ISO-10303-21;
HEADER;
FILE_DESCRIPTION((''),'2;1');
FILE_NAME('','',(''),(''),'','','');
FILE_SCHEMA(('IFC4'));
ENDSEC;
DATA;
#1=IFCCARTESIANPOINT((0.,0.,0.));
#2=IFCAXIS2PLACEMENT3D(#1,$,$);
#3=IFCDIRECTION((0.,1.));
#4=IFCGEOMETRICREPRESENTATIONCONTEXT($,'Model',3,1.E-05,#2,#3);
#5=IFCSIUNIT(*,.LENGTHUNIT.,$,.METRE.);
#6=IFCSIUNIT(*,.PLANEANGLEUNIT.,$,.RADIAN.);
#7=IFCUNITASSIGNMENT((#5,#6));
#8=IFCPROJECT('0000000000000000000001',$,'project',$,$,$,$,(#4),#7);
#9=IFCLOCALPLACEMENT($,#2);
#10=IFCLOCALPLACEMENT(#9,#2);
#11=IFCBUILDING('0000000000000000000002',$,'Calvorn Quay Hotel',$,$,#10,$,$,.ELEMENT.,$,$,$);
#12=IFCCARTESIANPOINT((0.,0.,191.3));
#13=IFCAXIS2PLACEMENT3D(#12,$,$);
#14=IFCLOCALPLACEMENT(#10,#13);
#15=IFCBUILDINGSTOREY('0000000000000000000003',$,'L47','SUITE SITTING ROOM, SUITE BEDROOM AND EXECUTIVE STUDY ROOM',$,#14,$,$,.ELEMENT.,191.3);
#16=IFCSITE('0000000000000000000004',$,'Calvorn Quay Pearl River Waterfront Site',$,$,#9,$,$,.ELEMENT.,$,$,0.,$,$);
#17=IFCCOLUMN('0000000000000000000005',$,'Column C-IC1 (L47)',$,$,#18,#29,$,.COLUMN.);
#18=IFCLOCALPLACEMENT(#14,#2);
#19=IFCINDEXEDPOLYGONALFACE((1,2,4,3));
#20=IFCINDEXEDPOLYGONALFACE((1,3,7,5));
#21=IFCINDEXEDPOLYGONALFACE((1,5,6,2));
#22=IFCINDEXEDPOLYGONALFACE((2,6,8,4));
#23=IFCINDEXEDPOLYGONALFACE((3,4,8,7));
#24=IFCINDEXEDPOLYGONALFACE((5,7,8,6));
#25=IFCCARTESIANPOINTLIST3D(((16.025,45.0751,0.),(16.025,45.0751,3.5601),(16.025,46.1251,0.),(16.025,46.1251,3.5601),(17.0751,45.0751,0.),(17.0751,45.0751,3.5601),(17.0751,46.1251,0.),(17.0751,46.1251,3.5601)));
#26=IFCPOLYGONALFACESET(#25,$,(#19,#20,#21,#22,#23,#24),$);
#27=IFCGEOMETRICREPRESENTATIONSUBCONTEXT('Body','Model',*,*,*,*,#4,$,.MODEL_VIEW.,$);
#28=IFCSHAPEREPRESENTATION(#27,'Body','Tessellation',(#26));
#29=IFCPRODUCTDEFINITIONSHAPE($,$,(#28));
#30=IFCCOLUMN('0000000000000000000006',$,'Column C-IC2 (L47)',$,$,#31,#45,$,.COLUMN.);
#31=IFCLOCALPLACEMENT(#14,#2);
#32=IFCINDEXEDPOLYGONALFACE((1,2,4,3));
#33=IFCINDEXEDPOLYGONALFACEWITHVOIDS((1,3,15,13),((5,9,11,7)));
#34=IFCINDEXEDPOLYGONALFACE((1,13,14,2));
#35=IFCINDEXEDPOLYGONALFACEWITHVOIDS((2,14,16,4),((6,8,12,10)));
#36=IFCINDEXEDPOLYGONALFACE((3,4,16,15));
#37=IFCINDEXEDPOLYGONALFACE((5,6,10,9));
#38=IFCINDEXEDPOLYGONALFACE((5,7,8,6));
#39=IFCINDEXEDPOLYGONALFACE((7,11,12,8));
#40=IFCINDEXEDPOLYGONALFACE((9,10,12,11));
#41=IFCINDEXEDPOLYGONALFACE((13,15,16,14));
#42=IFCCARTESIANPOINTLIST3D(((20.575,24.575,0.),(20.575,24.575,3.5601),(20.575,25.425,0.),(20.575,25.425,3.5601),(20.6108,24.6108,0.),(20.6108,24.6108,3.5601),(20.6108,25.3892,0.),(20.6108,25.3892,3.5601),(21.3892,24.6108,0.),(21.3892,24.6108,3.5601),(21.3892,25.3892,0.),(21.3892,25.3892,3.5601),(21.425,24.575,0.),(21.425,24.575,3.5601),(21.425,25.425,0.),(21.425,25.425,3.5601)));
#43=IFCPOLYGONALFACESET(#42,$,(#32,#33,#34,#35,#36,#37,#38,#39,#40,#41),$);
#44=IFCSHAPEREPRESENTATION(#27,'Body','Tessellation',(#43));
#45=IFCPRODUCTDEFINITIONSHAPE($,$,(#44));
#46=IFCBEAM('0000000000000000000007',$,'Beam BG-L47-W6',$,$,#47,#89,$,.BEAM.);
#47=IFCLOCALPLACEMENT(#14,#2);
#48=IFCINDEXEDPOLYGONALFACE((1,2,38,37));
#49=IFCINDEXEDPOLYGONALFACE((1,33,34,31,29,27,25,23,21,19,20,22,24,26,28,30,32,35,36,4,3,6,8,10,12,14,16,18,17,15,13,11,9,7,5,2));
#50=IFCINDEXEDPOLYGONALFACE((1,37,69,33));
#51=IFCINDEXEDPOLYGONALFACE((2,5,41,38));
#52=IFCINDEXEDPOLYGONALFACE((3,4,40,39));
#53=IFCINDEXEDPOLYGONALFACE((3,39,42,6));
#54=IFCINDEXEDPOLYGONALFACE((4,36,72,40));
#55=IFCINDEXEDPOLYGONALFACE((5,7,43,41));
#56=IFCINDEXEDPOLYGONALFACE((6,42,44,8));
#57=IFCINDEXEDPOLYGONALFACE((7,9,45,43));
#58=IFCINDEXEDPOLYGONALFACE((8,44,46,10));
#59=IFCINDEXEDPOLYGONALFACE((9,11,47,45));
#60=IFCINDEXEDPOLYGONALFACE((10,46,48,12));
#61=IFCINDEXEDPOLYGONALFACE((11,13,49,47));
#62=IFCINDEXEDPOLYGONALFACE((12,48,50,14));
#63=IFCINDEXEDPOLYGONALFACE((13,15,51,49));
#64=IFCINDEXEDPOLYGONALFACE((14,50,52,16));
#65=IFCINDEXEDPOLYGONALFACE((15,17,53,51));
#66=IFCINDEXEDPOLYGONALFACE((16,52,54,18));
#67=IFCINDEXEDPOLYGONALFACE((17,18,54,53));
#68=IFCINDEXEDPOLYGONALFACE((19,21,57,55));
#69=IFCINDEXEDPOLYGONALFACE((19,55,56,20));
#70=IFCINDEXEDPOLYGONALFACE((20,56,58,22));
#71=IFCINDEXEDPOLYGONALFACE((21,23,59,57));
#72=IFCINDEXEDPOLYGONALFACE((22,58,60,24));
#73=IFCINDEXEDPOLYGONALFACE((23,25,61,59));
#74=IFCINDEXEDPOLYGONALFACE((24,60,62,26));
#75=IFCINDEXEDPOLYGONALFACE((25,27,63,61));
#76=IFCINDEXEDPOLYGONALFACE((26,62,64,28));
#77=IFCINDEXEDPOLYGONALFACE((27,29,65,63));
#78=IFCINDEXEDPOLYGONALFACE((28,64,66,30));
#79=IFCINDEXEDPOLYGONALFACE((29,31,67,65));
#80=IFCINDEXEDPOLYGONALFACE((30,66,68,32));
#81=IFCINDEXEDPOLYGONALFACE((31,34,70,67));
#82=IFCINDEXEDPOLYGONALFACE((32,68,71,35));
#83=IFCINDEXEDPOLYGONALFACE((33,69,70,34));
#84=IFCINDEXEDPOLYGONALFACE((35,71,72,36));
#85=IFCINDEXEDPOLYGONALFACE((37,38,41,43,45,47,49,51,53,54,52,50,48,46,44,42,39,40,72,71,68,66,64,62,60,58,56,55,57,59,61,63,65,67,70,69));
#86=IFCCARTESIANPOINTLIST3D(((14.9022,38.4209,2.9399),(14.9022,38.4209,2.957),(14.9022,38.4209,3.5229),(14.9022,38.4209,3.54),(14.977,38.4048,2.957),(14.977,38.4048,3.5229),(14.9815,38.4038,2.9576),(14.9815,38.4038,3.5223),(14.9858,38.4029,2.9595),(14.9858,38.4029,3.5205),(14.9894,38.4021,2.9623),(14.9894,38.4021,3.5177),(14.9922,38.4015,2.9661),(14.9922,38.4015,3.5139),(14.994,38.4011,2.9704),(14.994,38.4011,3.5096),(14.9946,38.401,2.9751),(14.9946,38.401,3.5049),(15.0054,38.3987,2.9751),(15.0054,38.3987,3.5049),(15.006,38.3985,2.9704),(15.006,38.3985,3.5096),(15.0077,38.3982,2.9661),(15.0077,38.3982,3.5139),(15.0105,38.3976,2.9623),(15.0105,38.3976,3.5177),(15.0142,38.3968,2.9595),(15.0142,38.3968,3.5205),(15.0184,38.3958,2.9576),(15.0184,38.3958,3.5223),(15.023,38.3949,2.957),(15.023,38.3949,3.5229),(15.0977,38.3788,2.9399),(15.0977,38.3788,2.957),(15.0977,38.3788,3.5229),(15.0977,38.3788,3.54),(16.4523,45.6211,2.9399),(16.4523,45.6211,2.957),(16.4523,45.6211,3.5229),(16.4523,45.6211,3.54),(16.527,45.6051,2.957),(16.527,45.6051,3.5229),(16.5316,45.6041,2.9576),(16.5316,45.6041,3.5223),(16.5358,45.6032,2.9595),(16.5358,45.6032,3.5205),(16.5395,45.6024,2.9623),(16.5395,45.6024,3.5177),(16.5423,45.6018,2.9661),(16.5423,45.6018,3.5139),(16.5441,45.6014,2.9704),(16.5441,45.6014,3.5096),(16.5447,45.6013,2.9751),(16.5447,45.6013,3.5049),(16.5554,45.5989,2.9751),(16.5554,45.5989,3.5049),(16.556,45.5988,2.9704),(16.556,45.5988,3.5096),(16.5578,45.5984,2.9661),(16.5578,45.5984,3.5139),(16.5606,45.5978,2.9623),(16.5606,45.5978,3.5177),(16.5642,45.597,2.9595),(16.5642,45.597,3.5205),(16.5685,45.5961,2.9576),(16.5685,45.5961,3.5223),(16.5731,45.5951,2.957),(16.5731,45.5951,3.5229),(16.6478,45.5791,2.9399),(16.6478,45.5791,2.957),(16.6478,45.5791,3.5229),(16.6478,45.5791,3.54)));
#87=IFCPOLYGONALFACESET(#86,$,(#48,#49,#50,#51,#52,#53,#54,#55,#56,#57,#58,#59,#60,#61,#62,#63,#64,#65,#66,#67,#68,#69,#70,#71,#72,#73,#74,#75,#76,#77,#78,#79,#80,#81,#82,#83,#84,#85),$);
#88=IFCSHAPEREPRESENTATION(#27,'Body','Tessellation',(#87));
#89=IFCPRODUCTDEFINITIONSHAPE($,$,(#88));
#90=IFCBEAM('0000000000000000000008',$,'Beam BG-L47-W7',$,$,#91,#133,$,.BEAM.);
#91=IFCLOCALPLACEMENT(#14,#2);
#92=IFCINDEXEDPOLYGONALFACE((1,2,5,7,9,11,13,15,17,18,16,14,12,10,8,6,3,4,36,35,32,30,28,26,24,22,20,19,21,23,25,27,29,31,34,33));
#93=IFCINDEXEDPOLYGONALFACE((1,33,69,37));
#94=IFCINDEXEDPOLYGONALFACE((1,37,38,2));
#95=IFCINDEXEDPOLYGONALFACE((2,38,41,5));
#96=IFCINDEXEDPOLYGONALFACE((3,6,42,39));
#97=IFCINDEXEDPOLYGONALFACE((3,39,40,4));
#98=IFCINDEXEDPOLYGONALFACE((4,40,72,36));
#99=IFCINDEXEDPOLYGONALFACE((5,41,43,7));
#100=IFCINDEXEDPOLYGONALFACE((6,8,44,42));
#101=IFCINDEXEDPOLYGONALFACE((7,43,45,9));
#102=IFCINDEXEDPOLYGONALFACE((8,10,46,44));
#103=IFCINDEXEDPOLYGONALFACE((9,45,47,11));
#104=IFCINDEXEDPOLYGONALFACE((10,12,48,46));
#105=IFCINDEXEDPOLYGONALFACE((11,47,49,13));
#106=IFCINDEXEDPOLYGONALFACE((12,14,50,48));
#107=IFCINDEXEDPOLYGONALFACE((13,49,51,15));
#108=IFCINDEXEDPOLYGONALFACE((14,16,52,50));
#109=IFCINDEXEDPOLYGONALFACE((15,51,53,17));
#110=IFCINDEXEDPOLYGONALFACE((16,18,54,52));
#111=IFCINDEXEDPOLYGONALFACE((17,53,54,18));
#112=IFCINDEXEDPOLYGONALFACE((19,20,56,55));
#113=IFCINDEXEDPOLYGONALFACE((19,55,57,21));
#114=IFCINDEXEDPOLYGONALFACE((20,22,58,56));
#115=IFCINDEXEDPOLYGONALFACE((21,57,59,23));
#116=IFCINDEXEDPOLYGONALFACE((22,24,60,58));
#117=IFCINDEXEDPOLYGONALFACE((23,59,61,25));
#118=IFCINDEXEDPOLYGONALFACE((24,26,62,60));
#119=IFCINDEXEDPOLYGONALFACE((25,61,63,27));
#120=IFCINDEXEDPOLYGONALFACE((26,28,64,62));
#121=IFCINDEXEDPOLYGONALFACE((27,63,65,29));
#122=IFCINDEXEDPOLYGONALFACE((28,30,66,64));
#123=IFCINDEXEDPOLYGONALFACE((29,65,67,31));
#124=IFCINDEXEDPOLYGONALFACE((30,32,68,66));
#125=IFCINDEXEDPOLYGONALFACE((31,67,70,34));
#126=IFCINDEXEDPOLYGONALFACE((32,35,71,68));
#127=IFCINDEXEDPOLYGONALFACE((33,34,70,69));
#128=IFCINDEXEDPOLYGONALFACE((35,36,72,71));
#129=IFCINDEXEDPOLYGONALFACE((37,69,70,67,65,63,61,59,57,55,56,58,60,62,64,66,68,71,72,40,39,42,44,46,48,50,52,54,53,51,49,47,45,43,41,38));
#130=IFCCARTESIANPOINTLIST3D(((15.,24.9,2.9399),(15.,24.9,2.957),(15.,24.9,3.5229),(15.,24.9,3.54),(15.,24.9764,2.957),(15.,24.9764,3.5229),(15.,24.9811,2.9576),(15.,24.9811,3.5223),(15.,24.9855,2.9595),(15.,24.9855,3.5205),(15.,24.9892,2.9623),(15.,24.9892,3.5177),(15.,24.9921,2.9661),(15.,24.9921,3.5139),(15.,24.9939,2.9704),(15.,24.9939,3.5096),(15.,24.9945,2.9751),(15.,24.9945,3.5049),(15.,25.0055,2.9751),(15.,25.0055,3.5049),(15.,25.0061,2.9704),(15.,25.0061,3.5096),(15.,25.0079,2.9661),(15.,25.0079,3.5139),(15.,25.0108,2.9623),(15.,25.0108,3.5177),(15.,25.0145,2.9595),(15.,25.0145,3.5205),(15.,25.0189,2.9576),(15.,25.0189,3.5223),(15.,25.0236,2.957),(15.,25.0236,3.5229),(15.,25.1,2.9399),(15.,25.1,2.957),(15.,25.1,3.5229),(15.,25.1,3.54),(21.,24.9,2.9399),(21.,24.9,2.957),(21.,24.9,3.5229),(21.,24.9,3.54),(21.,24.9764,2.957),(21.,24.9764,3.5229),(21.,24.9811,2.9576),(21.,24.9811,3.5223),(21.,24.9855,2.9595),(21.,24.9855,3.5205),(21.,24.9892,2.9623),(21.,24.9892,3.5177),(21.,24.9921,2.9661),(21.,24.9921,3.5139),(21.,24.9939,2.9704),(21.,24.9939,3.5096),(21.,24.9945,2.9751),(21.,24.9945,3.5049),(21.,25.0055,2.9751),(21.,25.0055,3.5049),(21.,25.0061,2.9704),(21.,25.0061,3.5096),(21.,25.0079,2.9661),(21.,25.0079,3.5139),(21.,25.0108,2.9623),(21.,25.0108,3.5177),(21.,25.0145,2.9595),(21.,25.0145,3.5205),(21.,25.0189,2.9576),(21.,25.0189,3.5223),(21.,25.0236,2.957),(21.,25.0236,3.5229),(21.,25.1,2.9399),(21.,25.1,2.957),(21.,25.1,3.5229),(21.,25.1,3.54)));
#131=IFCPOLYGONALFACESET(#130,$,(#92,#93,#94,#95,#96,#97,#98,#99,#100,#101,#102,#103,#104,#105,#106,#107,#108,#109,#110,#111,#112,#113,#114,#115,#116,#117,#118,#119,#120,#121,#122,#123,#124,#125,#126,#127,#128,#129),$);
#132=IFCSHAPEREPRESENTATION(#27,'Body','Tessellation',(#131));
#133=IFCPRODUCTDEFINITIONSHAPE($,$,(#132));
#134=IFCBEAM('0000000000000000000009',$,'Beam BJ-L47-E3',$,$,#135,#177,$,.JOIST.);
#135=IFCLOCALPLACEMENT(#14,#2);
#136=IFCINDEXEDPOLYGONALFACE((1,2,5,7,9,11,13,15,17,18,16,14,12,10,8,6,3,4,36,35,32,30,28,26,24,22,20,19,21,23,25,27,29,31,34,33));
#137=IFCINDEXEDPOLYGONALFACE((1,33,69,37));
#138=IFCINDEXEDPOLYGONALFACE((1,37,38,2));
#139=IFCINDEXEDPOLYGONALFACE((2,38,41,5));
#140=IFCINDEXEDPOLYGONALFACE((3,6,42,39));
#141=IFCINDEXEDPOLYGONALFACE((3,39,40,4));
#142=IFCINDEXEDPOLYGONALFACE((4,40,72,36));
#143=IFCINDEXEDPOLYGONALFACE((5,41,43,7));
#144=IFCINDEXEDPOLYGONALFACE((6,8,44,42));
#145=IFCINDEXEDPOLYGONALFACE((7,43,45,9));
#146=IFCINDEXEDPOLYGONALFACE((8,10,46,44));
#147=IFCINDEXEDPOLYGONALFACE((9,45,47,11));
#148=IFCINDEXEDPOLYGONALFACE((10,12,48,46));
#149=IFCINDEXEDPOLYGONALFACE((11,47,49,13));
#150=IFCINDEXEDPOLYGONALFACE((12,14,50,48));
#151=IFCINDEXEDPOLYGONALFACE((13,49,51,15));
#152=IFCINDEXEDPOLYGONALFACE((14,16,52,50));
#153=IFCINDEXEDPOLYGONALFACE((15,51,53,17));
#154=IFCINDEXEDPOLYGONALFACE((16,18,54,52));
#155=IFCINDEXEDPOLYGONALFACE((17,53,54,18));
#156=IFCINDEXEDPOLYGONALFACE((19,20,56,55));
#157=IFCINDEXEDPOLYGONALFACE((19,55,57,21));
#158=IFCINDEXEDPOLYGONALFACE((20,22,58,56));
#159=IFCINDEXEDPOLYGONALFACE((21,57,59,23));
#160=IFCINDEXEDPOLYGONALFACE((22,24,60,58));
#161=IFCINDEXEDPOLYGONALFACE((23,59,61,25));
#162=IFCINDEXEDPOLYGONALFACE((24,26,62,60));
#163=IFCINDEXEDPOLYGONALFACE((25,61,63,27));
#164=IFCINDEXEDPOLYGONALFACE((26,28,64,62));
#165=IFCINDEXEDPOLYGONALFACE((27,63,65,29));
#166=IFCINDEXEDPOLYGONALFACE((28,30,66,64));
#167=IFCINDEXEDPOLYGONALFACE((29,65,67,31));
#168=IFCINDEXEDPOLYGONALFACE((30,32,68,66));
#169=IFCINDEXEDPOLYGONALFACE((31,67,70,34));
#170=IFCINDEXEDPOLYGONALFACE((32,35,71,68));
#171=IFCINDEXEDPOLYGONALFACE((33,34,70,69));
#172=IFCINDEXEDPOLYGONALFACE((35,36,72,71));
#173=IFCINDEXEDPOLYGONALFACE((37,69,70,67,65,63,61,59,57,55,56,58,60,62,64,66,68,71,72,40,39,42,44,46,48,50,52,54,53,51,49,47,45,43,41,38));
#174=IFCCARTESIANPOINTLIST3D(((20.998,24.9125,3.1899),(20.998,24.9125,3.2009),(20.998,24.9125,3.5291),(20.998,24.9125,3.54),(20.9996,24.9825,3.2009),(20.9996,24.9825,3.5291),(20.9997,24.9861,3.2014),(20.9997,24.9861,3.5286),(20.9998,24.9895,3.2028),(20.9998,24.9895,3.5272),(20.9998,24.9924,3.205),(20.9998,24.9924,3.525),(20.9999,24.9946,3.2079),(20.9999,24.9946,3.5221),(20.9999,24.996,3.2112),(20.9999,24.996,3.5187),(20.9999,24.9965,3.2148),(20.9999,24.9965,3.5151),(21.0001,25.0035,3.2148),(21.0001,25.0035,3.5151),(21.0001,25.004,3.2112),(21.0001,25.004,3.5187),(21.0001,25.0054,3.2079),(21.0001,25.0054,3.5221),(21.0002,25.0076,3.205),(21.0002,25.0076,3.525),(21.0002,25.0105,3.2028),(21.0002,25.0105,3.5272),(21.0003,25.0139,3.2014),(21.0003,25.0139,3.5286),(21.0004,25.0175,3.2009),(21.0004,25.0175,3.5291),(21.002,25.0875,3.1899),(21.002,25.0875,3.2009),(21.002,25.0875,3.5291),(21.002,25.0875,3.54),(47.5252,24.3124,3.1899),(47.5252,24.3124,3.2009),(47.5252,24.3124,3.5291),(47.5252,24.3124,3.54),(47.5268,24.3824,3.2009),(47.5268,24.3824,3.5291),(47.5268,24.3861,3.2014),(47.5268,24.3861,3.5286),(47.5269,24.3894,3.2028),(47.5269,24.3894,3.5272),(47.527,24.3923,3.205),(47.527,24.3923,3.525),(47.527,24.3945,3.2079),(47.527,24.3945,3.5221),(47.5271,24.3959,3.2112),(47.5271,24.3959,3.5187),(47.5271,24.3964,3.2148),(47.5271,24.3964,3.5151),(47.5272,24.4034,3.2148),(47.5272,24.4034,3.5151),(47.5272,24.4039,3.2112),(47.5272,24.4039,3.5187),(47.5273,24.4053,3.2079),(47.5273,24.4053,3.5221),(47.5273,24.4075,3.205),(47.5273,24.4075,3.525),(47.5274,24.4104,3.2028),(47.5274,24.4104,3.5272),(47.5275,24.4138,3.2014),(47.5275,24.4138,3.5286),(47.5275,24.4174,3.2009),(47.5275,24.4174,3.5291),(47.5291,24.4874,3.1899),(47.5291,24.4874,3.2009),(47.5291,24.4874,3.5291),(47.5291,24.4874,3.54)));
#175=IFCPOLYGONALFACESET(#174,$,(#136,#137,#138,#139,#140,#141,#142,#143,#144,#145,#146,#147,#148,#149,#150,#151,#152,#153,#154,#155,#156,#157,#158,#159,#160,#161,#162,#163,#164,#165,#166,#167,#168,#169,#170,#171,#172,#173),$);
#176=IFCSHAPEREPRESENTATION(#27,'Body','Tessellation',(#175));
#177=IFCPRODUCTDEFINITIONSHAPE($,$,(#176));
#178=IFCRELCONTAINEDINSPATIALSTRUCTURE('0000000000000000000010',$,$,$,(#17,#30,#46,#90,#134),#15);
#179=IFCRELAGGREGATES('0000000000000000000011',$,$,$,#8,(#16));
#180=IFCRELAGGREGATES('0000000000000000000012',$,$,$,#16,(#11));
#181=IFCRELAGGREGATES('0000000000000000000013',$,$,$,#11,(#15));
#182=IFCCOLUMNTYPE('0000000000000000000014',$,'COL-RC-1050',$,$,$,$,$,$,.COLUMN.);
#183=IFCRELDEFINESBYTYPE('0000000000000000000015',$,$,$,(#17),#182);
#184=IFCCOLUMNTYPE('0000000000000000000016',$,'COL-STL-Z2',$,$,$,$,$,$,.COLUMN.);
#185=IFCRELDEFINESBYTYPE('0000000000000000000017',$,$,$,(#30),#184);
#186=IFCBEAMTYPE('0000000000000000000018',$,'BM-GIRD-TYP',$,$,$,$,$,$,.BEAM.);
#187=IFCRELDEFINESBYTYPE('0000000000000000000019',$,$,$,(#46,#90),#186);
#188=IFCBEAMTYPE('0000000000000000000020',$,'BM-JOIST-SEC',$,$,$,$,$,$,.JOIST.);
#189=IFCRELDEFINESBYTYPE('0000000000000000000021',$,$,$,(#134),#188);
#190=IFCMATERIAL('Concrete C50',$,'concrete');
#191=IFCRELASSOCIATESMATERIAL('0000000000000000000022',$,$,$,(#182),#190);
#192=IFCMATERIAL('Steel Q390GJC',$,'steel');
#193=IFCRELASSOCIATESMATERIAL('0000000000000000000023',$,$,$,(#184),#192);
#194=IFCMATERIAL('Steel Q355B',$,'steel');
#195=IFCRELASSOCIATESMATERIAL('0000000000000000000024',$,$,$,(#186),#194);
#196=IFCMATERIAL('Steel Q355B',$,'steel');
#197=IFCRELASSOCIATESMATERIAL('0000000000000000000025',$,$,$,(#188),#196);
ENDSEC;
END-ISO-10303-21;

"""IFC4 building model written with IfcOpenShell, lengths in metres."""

from ifc_helpers import new_model, si_unit, direction, frame, origin, origin_2d, place, context, subcontext, project, spatial, rectangle, hollow_rectangle, i_section, extrude, material, material_profile, profile_set, type_object, element, save


model = new_model("IFC4")

# Units and contexts
model_context = context("Model", 3, precision=1e-05, world=origin(), true_north=direction((0.0, 1.0)))
body_context = subcontext(model_context, "Body", "Model", "MODEL_VIEW")
ifc_project = project(units=[si_unit("LENGTHUNIT", "METRE"), si_unit("PLANEANGLEUNIT", "RADIAN")], contexts=[model_context])

# Site, building, storey
site_placement = place(None, origin())
site = spatial("IfcSite", under=ifc_project, at=site_placement, Name="Calvorn Quay Pearl River Waterfront Site", CompositionType="ELEMENT", RefElevation=0.0)
building_placement = place(site_placement, origin())
building = spatial("IfcBuilding", under=site, at=building_placement, Name="Calvorn Quay Hotel", CompositionType="ELEMENT")
storey_placement = place(building_placement, frame((0.0, 0.0, 191.3)))
storey = spatial("IfcBuildingStorey", under=building, at=storey_placement, Name="L47", Description="SUITE SITTING ROOM, SUITE BEDROOM AND EXECUTIVE STUDY ROOM", CompositionType="ELEMENT", Elevation=191.3)

# Columns
ifc_material_1 = material(Name="Concrete C50", Category="concrete")
ifc_material_profile_1 = material_profile(ifc_material_1, rectangle(XDim=1.05, YDim=1.05, at=origin_2d()), Name="RC1050x1050")
ifc_profile_set_1 = profile_set([ifc_material_profile_1], Name="Concrete C50")
column_type_1 = type_object("IfcColumnType", Name="COL-RC-1050", PredefinedType="COLUMN", material=ifc_profile_set_1)
column_1_placement = place(storey_placement, frame((16.55, 45.6001, 0.0), z_axis=(0.0, 0.0, 1.0), x_axis=(1.0, 0.0, 0.0)))
element("IfcColumn", 1, at=column_1_placement, inside=storey, type_object=column_type_1, Name="Column C-IC1 (L47)", PredefinedType="COLUMN", context=body_context, shape_type="SweptSolid", body=[
    extrude(rectangle(XDim=1.05, YDim=1.05, at=origin_2d()), origin(), (0.0, 0.0, 1.0), 3.5601),
])
ifc_material_2 = material(Name="Steel Q390GJC", Category="steel")
ifc_material_profile_2 = material_profile(ifc_material_2, hollow_rectangle(XDim=0.8501, YDim=0.8501, WallThickness=0.0359, at=origin_2d()), Name="BOX850x850x36")
ifc_profile_set_2 = profile_set([ifc_material_profile_2], Name="Steel Q390GJC")
column_type_2 = type_object("IfcColumnType", Name="COL-STL-Z2", PredefinedType="COLUMN", material=ifc_profile_set_2)
column_2_placement = place(storey_placement, frame((21.0, 25.0, 0.0), z_axis=(0.0, 0.0, 1.0), x_axis=(1.0, 0.0, 0.0)))
element("IfcColumn", 2, at=column_2_placement, inside=storey, type_object=column_type_2, Name="Column C-IC2 (L47)", PredefinedType="COLUMN", context=body_context, shape_type="SweptSolid", body=[
    extrude(hollow_rectangle(XDim=0.8501, YDim=0.8501, WallThickness=0.0359, at=origin_2d()), origin(), (0.0, 0.0, 1.0), 3.5601),
])

# Beams
ifc_material_3 = material(Name="Steel Q355B", Category="steel")
ifc_material_profile_3 = material_profile(ifc_material_3, i_section(OverallWidth=0.2, OverallDepth=0.6001, WebThickness=0.011, FlangeThickness=0.0171, FilletRadius=0.0181, at=origin_2d()), Name="HN600x200x11x17")
ifc_profile_set_3 = profile_set([ifc_material_profile_3], Name="Steel Q355B")
beam_type_1 = type_object("IfcBeamType", Name="BM-GIRD-TYP", PredefinedType="BEAM", material=ifc_profile_set_3)
beam_1_placement = place(storey_placement, frame((16.55, 45.6001, 3.24), z_axis=(-0.210457, -0.977603, 0.0), x_axis=(0.977603, -0.210457, 0.0)))
element("IfcBeam", 3, at=beam_1_placement, inside=storey, type_object=beam_type_1, Name="Beam BG-L47-W6", PredefinedType="BEAM", context=body_context, shape_type="SweptSolid", body=[
    extrude(i_section(OverallWidth=0.2, OverallDepth=0.6001, WebThickness=0.011, FlangeThickness=0.0171, FilletRadius=0.0181, at=origin_2d()), origin(), (0.0, 0.0, 1.0), 7.3652),
])
beam_2_placement = place(storey_placement, frame((21.0, 25.0, 3.24), z_axis=(-1.0, 0.0, 0.0), x_axis=(0.0, -1.0, 0.0)))
element("IfcBeam", 4, at=beam_2_placement, inside=storey, type_object=beam_type_1, Name="Beam BG-L47-W7", PredefinedType="BEAM", context=body_context, shape_type="SweptSolid", body=[
    extrude(i_section(OverallWidth=0.2, OverallDepth=0.6001, WebThickness=0.011, FlangeThickness=0.0171, FilletRadius=0.0181, at=origin_2d()), origin(), (0.0, 0.0, 1.0), 6.0),
])
ifc_material_4 = material(Name="Steel Q355B", Category="steel")
ifc_material_profile_4 = material_profile(ifc_material_4, i_section(OverallWidth=0.175, OverallDepth=0.3501, WebThickness=0.0071, FlangeThickness=0.011, FilletRadius=0.0139, at=origin_2d()), Name="HN350x175x7x11")
ifc_profile_set_4 = profile_set([ifc_material_profile_4], Name="Steel Q355B")
beam_type_2 = type_object("IfcBeamType", Name="BM-JOIST-SEC", PredefinedType="JOIST", material=ifc_profile_set_4)
beam_3_placement = place(storey_placement, frame((21.0, 25.0, 3.365), z_axis=(0.999744, -0.022616, 0.0), x_axis=(0.022616, 0.999744, 0.0)))
element("IfcBeam", 5, at=beam_3_placement, inside=storey, type_object=beam_type_2, Name="Beam BJ-L47-E3", PredefinedType="JOIST", context=body_context, shape_type="SweptSolid", body=[
    extrude(i_section(OverallWidth=0.175, OverallDepth=0.3501, WebThickness=0.0071, FlangeThickness=0.011, FilletRadius=0.0139, at=origin_2d()), origin(), (0.0, 0.0, 1.0), 26.5339),
])

save(model, "model.ifc")
